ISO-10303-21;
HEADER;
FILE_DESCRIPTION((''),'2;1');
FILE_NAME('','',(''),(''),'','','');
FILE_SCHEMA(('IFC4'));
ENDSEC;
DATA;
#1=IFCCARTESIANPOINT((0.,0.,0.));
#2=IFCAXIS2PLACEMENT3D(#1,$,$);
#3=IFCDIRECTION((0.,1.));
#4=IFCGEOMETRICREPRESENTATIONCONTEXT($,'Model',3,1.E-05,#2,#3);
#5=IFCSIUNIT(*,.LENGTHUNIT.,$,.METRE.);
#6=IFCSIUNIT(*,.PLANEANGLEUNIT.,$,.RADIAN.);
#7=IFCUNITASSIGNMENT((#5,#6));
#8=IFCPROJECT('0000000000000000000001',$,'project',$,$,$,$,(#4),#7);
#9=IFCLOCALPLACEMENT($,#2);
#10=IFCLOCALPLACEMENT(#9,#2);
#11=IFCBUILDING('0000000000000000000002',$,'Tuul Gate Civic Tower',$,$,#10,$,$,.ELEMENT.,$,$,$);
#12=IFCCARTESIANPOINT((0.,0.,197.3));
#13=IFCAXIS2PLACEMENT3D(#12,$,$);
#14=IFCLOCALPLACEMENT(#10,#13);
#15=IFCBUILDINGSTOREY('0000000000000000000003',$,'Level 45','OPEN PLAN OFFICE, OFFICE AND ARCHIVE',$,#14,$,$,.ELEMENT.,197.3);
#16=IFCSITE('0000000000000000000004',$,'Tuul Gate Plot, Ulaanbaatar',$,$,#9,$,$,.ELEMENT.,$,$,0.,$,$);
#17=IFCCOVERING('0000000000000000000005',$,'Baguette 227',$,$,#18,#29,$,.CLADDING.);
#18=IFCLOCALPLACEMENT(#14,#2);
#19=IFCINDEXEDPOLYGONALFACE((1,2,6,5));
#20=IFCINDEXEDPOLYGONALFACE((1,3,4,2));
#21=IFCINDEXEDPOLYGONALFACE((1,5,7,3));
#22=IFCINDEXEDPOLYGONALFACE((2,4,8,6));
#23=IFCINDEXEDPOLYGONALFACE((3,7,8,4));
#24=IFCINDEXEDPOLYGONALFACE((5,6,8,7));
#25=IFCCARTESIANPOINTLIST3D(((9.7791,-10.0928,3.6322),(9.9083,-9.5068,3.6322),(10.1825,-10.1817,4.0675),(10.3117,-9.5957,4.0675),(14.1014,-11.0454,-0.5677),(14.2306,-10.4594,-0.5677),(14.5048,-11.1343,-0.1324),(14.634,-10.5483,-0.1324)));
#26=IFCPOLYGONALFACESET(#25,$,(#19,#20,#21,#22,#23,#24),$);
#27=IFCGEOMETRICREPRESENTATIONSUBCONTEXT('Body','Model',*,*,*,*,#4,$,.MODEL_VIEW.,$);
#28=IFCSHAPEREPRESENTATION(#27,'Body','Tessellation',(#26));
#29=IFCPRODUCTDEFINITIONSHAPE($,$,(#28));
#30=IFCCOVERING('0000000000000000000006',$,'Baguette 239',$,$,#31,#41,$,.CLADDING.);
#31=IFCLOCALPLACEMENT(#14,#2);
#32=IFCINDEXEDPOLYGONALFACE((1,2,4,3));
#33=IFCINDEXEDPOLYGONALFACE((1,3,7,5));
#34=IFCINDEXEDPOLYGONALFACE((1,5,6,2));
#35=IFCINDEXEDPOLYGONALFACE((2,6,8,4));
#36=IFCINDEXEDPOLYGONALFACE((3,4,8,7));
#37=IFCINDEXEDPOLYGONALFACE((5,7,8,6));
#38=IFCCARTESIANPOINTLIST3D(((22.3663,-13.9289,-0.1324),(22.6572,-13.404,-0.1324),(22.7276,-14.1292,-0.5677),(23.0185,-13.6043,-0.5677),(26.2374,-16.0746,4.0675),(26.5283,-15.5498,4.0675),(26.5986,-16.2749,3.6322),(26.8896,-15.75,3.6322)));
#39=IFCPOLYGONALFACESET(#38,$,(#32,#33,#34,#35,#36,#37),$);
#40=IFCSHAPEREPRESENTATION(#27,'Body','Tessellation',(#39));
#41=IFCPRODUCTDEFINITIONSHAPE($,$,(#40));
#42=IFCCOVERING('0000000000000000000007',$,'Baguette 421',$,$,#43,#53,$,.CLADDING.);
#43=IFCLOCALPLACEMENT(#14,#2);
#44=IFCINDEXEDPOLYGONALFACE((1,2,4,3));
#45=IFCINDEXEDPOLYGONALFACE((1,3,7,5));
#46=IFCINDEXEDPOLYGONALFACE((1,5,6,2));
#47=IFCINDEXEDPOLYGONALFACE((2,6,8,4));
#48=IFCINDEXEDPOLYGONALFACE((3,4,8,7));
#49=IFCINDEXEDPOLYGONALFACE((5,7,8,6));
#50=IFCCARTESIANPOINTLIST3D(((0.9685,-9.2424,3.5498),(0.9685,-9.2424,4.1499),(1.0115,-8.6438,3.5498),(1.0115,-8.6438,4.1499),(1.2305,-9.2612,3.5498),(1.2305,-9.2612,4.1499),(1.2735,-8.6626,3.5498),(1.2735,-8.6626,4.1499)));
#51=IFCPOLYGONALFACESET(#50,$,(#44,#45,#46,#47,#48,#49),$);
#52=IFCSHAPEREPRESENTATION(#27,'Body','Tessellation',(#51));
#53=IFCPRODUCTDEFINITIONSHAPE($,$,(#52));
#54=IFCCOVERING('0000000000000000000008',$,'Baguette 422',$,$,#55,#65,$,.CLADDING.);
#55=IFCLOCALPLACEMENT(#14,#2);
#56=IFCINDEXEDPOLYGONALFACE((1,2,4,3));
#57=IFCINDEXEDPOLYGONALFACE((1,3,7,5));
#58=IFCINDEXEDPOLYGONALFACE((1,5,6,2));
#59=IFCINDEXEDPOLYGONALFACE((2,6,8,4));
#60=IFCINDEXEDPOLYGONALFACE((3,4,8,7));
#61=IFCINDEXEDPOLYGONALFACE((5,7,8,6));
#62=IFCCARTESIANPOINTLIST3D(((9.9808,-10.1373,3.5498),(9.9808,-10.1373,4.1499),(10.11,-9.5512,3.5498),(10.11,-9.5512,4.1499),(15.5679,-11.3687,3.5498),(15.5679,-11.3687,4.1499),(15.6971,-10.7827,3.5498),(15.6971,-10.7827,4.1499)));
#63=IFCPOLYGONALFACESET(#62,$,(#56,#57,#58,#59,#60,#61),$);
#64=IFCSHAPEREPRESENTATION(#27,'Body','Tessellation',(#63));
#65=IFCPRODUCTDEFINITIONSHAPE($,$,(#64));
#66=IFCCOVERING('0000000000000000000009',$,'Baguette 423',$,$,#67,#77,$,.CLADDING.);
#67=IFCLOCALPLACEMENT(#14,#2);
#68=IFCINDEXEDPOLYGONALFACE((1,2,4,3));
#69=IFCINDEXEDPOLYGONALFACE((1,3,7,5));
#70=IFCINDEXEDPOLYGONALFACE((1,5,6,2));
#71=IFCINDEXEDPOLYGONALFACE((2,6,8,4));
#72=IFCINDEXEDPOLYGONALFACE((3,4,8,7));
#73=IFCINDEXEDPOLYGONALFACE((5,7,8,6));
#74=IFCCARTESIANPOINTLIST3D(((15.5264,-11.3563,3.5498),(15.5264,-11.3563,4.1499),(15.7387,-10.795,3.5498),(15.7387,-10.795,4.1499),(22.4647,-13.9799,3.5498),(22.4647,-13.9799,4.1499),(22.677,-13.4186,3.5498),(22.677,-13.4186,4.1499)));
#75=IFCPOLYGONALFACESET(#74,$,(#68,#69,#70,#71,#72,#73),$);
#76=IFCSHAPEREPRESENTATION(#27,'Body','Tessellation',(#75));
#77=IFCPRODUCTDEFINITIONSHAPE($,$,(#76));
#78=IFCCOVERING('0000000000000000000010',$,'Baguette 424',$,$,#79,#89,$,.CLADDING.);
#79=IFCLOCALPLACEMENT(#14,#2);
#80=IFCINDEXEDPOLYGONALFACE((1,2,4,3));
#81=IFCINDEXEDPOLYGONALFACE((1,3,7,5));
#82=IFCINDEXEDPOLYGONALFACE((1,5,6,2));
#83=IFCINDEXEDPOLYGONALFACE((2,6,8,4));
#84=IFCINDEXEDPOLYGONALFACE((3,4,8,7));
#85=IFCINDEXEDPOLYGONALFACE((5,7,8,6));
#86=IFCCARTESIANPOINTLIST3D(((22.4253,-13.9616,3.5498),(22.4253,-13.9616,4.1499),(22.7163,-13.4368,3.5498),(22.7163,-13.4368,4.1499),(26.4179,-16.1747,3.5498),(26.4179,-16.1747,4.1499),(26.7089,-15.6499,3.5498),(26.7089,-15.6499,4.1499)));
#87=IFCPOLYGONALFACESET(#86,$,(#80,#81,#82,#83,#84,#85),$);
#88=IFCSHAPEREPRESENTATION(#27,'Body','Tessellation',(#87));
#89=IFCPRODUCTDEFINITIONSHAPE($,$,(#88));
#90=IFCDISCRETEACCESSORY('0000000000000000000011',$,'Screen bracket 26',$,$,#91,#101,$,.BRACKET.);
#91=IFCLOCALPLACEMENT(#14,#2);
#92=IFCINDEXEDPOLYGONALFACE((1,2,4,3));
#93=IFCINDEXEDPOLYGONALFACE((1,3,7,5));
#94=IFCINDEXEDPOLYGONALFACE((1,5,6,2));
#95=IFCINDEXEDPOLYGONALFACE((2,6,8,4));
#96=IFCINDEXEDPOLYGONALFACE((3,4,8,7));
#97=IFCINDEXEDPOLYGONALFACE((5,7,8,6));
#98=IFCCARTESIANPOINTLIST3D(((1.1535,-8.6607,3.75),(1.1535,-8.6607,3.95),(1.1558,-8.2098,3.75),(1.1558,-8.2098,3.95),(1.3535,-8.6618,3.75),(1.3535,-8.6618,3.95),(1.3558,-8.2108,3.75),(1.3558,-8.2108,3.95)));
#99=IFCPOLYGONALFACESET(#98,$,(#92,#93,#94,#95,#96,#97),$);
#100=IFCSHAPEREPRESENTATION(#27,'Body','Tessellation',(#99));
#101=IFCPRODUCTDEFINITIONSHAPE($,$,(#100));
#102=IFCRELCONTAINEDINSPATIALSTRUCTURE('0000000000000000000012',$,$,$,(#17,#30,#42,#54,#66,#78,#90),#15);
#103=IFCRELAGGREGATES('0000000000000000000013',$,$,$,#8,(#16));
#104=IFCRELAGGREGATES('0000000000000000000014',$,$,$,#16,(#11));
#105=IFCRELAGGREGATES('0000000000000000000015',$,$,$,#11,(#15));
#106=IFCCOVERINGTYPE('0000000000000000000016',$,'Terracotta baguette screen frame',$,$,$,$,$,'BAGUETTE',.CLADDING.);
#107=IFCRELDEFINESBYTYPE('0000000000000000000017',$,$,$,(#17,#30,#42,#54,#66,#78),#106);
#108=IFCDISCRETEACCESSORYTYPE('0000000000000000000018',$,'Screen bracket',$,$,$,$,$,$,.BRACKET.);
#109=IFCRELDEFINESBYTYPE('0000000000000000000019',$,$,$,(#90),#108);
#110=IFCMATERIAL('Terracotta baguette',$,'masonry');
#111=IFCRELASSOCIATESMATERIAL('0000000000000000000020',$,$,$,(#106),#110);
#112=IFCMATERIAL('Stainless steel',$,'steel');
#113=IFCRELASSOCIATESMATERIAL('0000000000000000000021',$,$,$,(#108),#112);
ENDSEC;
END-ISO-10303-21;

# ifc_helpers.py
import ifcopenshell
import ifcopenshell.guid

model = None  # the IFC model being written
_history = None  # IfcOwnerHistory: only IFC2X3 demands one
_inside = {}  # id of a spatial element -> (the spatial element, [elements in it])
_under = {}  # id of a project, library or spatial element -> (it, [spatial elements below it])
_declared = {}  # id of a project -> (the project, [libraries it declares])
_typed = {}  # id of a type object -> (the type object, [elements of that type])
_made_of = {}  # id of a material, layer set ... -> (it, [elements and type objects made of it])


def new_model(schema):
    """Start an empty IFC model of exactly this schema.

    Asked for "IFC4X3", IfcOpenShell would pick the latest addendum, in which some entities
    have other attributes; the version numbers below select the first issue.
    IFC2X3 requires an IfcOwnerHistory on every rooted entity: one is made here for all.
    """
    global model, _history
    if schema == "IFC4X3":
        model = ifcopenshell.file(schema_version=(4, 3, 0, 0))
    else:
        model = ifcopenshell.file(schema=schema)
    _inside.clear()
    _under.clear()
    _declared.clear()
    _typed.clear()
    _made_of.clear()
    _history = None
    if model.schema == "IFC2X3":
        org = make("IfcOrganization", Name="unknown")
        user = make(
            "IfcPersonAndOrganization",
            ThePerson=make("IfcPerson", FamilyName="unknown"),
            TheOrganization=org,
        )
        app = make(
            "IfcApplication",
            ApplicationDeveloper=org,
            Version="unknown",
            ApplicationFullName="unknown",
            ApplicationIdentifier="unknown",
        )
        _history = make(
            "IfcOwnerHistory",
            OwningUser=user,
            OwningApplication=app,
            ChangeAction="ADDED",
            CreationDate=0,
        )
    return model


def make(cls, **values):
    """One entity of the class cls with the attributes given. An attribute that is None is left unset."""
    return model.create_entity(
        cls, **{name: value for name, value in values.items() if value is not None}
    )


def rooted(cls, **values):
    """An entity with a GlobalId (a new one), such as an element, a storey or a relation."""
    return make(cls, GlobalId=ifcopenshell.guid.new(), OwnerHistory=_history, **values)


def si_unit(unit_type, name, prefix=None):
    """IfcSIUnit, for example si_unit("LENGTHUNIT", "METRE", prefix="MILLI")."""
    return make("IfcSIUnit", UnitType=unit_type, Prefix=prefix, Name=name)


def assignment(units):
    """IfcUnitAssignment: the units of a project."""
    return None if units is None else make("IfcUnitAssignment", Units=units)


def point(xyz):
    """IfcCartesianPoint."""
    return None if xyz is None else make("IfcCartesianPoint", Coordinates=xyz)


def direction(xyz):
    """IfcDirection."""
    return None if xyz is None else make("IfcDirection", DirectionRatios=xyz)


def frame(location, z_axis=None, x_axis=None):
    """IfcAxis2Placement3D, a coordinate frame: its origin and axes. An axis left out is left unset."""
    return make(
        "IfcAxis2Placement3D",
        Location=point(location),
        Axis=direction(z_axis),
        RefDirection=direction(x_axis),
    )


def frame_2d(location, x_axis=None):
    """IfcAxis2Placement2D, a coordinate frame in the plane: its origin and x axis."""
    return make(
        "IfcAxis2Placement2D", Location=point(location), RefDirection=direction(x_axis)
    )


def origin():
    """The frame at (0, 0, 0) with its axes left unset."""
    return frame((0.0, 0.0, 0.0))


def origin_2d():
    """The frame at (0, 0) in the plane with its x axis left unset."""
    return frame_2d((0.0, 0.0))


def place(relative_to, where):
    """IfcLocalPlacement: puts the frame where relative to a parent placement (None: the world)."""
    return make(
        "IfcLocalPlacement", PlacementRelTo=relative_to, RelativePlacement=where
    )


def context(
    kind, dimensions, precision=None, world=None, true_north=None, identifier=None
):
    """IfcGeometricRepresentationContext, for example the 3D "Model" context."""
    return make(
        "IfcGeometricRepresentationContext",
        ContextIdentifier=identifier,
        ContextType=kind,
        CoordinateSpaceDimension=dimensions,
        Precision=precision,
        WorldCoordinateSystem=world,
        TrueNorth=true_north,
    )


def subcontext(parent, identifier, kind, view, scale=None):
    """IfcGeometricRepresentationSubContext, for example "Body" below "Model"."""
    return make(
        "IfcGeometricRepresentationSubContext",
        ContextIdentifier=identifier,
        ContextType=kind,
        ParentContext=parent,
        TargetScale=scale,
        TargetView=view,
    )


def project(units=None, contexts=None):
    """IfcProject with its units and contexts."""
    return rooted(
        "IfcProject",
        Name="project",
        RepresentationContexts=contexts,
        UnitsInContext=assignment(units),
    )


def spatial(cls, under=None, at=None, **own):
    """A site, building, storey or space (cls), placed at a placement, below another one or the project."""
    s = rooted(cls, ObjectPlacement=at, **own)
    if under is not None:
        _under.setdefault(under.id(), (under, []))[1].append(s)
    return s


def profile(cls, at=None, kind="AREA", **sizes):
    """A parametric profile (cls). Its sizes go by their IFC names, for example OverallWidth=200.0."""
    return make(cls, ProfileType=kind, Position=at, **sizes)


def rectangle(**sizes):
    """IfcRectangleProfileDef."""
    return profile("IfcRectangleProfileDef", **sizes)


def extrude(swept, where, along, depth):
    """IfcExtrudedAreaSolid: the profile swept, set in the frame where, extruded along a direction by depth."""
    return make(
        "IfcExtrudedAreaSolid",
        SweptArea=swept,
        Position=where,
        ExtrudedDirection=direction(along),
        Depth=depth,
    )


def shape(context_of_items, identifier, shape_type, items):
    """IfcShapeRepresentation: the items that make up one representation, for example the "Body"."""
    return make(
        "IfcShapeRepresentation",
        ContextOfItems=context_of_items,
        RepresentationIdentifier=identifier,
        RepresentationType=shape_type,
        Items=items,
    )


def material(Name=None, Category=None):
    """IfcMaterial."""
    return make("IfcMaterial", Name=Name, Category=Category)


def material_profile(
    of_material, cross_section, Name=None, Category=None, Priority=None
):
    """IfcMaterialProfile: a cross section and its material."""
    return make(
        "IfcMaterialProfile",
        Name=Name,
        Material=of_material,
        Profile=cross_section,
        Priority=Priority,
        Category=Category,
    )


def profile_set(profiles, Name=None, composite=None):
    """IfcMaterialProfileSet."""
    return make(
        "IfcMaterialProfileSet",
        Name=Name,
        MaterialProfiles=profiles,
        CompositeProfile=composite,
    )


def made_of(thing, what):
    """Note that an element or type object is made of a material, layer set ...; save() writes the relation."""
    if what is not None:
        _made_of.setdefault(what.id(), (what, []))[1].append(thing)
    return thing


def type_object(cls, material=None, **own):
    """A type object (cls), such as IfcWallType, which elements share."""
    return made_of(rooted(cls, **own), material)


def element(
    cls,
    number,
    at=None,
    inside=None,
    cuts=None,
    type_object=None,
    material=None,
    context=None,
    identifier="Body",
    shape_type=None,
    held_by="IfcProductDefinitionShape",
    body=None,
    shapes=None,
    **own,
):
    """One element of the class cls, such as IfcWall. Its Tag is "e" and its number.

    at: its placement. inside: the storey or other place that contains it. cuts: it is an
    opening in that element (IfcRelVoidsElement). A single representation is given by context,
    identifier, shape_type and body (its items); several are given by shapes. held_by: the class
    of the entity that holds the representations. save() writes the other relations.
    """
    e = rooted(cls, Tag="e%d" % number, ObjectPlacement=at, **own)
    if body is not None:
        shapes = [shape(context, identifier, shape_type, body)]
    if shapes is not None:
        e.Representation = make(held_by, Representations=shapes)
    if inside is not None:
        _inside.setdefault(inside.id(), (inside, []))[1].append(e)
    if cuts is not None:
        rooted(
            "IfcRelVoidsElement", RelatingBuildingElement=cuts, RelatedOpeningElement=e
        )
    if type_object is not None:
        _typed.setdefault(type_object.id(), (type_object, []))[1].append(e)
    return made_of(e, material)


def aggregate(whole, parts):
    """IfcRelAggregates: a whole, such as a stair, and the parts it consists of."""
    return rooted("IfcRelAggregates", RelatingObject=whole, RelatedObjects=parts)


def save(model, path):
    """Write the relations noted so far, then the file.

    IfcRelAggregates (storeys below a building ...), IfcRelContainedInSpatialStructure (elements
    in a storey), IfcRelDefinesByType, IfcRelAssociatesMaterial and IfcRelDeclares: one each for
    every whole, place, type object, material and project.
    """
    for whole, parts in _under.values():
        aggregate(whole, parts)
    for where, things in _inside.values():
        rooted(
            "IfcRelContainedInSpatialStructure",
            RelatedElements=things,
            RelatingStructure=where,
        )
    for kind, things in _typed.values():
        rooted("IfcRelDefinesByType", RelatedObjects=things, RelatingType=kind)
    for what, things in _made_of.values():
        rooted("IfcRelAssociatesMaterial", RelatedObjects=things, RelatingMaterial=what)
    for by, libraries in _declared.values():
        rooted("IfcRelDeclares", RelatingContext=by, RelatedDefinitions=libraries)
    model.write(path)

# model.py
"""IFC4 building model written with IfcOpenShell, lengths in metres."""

from ifc_helpers import new_model, si_unit, direction, frame, origin, origin_2d, place, context, subcontext, project, spatial, rectangle, extrude, material, material_profile, profile_set, type_object, element, save


model = new_model("IFC4")

# Units and contexts
model_context = context("Model", 3, precision=1e-05, world=origin(), true_north=direction((0.0, 1.0)))
body_context = subcontext(model_context, "Body", "Model", "MODEL_VIEW")
ifc_project = project(units=[si_unit("LENGTHUNIT", "METRE"), si_unit("PLANEANGLEUNIT", "RADIAN")], contexts=[model_context])

# Site, building, storey
site_placement = place(None, origin())
site = spatial("IfcSite", under=ifc_project, at=site_placement, Name="Tuul Gate Plot, Ulaanbaatar", CompositionType="ELEMENT", RefElevation=0.0)
building_placement = place(site_placement, origin())
building = spatial("IfcBuilding", under=site, at=building_placement, Name="Tuul Gate Civic Tower", CompositionType="ELEMENT")
storey_placement = place(building_placement, frame((0.0, 0.0, 197.3)))
storey = spatial("IfcBuildingStorey", under=building, at=storey_placement, Name="Level 45", Description="OPEN PLAN OFFICE, OFFICE AND ARCHIVE", CompositionType="ELEMENT", Elevation=197.3)

# Coverings
ifc_material_1 = material(Name="Terracotta baguette", Category="masonry")
ifc_material_profile_1 = material_profile(ifc_material_1, rectangle(XDim=0.6001, YDim=0.6001, at=origin_2d()), Name="Terracotta baguette screen frame")
ifc_profile_set_1 = profile_set([ifc_material_profile_1], Name="Terracotta baguette")
covering_type = type_object("IfcCoveringType", Name="Terracotta baguette screen frame", ElementType="BAGUETTE", PredefinedType="CLADDING", material=ifc_profile_set_1)
for number, where, z_axis, x_axis, name in (
    (1, (10.0454, -9.8442, 3.8499), (0.708386, -0.15613, -0.68834), (0.215236, 0.976562, 0.0), "Baguette 227"),
    (2, (22.6924, -13.7666, -0.3501), (0.634442, -0.351672, 0.688339), (0.484804, 0.874623, 0.0), "Baguette 239"),
):
    element("IfcCovering", number, at=place(storey_placement, frame(where, z_axis=z_axis, x_axis=x_axis)), inside=storey, type_object=covering_type, Name=name, PredefinedType="CLADDING", context=body_context, shape_type="SweptSolid", body=[
        extrude(rectangle(XDim=0.6001, YDim=0.6001, at=origin_2d()), origin(), (0.0, 0.0, 1.0), 6.1016),
    ])
covering_1_placement = place(storey_placement, frame((0.99, -8.9431, 3.8499), z_axis=(0.997435, -0.071577, 0.0), x_axis=(0.071577, 0.997435, 0.0)))
element("IfcCovering", 3, at=covering_1_placement, inside=storey, type_object=covering_type, Name="Baguette 421", PredefinedType="CLADDING", context=body_context, shape_type="SweptSolid", body=[
    extrude(rectangle(XDim=0.6001, YDim=0.6001, at=origin_2d()), origin(), (0.0, 0.0, 1.0), 0.2627),
])
covering_2_placement = place(storey_placement, frame((10.0454, -9.8442, 3.8499), z_axis=(0.976561, -0.21524, 0.0), x_axis=(0.21524, 0.976561, 0.0)))
element("IfcCovering", 4, at=covering_2_placement, inside=storey, type_object=covering_type, Name="Baguette 422", PredefinedType="CLADDING", context=body_context, shape_type="SweptSolid", body=[
    extrude(rectangle(XDim=0.6001, YDim=0.6001, at=origin_2d()), origin(), (0.0, 0.0, 1.0), 5.7212),
])
covering_3_placement = place(storey_placement, frame((15.6326, -11.0757, 3.8499), z_axis=(0.935364, -0.353687, 0.0), x_axis=(0.353687, 0.935364, 0.0)))
element("IfcCovering", 5, at=covering_3_placement, inside=storey, type_object=covering_type, Name="Baguette 423", PredefinedType="CLADDING", context=body_context, shape_type="SweptSolid", body=[
    extrude(rectangle(XDim=0.6001, YDim=0.6001, at=origin_2d()), origin(), (0.0, 0.0, 1.0), 7.4177),
])
covering_4_placement = place(storey_placement, frame((22.5708, -13.6992, 3.8499), z_axis=(0.874624, -0.484803, 0.0), x_axis=(0.484803, 0.874624, 0.0)))
element("IfcCovering", 6, at=covering_4_placement, inside=storey, type_object=covering_type, Name="Baguette 424", PredefinedType="CLADDING", context=body_context, shape_type="SweptSolid", body=[
    extrude(rectangle(XDim=0.6001, YDim=0.6001, at=origin_2d()), origin(), (0.0, 0.0, 1.0), 4.5649),
])

# Discrete accessory
ifc_material_2 = material(Name="Stainless steel", Category="steel")
discrete_accessory_type = type_object("IfcDiscreteAccessoryType", Name="Screen bracket", PredefinedType="BRACKET", material=ifc_material_2)
discrete_accessory_placement = place(storey_placement, frame((1.2546, -8.4358, 3.75), z_axis=(0.0, 0.0, 1.0), x_axis=(-0.005105, -0.999987, 0.0)))
element("IfcDiscreteAccessory", 7, at=discrete_accessory_placement, inside=storey, type_object=discrete_accessory_type, Name="Screen bracket 26", PredefinedType="BRACKET", context=body_context, shape_type="SweptSolid", body=[
    extrude(rectangle(XDim=0.4509, YDim=0.2, at=origin_2d()), origin(), (0.0, 0.0, 1.0), 0.2),
])

save(model, "model.ifc")
